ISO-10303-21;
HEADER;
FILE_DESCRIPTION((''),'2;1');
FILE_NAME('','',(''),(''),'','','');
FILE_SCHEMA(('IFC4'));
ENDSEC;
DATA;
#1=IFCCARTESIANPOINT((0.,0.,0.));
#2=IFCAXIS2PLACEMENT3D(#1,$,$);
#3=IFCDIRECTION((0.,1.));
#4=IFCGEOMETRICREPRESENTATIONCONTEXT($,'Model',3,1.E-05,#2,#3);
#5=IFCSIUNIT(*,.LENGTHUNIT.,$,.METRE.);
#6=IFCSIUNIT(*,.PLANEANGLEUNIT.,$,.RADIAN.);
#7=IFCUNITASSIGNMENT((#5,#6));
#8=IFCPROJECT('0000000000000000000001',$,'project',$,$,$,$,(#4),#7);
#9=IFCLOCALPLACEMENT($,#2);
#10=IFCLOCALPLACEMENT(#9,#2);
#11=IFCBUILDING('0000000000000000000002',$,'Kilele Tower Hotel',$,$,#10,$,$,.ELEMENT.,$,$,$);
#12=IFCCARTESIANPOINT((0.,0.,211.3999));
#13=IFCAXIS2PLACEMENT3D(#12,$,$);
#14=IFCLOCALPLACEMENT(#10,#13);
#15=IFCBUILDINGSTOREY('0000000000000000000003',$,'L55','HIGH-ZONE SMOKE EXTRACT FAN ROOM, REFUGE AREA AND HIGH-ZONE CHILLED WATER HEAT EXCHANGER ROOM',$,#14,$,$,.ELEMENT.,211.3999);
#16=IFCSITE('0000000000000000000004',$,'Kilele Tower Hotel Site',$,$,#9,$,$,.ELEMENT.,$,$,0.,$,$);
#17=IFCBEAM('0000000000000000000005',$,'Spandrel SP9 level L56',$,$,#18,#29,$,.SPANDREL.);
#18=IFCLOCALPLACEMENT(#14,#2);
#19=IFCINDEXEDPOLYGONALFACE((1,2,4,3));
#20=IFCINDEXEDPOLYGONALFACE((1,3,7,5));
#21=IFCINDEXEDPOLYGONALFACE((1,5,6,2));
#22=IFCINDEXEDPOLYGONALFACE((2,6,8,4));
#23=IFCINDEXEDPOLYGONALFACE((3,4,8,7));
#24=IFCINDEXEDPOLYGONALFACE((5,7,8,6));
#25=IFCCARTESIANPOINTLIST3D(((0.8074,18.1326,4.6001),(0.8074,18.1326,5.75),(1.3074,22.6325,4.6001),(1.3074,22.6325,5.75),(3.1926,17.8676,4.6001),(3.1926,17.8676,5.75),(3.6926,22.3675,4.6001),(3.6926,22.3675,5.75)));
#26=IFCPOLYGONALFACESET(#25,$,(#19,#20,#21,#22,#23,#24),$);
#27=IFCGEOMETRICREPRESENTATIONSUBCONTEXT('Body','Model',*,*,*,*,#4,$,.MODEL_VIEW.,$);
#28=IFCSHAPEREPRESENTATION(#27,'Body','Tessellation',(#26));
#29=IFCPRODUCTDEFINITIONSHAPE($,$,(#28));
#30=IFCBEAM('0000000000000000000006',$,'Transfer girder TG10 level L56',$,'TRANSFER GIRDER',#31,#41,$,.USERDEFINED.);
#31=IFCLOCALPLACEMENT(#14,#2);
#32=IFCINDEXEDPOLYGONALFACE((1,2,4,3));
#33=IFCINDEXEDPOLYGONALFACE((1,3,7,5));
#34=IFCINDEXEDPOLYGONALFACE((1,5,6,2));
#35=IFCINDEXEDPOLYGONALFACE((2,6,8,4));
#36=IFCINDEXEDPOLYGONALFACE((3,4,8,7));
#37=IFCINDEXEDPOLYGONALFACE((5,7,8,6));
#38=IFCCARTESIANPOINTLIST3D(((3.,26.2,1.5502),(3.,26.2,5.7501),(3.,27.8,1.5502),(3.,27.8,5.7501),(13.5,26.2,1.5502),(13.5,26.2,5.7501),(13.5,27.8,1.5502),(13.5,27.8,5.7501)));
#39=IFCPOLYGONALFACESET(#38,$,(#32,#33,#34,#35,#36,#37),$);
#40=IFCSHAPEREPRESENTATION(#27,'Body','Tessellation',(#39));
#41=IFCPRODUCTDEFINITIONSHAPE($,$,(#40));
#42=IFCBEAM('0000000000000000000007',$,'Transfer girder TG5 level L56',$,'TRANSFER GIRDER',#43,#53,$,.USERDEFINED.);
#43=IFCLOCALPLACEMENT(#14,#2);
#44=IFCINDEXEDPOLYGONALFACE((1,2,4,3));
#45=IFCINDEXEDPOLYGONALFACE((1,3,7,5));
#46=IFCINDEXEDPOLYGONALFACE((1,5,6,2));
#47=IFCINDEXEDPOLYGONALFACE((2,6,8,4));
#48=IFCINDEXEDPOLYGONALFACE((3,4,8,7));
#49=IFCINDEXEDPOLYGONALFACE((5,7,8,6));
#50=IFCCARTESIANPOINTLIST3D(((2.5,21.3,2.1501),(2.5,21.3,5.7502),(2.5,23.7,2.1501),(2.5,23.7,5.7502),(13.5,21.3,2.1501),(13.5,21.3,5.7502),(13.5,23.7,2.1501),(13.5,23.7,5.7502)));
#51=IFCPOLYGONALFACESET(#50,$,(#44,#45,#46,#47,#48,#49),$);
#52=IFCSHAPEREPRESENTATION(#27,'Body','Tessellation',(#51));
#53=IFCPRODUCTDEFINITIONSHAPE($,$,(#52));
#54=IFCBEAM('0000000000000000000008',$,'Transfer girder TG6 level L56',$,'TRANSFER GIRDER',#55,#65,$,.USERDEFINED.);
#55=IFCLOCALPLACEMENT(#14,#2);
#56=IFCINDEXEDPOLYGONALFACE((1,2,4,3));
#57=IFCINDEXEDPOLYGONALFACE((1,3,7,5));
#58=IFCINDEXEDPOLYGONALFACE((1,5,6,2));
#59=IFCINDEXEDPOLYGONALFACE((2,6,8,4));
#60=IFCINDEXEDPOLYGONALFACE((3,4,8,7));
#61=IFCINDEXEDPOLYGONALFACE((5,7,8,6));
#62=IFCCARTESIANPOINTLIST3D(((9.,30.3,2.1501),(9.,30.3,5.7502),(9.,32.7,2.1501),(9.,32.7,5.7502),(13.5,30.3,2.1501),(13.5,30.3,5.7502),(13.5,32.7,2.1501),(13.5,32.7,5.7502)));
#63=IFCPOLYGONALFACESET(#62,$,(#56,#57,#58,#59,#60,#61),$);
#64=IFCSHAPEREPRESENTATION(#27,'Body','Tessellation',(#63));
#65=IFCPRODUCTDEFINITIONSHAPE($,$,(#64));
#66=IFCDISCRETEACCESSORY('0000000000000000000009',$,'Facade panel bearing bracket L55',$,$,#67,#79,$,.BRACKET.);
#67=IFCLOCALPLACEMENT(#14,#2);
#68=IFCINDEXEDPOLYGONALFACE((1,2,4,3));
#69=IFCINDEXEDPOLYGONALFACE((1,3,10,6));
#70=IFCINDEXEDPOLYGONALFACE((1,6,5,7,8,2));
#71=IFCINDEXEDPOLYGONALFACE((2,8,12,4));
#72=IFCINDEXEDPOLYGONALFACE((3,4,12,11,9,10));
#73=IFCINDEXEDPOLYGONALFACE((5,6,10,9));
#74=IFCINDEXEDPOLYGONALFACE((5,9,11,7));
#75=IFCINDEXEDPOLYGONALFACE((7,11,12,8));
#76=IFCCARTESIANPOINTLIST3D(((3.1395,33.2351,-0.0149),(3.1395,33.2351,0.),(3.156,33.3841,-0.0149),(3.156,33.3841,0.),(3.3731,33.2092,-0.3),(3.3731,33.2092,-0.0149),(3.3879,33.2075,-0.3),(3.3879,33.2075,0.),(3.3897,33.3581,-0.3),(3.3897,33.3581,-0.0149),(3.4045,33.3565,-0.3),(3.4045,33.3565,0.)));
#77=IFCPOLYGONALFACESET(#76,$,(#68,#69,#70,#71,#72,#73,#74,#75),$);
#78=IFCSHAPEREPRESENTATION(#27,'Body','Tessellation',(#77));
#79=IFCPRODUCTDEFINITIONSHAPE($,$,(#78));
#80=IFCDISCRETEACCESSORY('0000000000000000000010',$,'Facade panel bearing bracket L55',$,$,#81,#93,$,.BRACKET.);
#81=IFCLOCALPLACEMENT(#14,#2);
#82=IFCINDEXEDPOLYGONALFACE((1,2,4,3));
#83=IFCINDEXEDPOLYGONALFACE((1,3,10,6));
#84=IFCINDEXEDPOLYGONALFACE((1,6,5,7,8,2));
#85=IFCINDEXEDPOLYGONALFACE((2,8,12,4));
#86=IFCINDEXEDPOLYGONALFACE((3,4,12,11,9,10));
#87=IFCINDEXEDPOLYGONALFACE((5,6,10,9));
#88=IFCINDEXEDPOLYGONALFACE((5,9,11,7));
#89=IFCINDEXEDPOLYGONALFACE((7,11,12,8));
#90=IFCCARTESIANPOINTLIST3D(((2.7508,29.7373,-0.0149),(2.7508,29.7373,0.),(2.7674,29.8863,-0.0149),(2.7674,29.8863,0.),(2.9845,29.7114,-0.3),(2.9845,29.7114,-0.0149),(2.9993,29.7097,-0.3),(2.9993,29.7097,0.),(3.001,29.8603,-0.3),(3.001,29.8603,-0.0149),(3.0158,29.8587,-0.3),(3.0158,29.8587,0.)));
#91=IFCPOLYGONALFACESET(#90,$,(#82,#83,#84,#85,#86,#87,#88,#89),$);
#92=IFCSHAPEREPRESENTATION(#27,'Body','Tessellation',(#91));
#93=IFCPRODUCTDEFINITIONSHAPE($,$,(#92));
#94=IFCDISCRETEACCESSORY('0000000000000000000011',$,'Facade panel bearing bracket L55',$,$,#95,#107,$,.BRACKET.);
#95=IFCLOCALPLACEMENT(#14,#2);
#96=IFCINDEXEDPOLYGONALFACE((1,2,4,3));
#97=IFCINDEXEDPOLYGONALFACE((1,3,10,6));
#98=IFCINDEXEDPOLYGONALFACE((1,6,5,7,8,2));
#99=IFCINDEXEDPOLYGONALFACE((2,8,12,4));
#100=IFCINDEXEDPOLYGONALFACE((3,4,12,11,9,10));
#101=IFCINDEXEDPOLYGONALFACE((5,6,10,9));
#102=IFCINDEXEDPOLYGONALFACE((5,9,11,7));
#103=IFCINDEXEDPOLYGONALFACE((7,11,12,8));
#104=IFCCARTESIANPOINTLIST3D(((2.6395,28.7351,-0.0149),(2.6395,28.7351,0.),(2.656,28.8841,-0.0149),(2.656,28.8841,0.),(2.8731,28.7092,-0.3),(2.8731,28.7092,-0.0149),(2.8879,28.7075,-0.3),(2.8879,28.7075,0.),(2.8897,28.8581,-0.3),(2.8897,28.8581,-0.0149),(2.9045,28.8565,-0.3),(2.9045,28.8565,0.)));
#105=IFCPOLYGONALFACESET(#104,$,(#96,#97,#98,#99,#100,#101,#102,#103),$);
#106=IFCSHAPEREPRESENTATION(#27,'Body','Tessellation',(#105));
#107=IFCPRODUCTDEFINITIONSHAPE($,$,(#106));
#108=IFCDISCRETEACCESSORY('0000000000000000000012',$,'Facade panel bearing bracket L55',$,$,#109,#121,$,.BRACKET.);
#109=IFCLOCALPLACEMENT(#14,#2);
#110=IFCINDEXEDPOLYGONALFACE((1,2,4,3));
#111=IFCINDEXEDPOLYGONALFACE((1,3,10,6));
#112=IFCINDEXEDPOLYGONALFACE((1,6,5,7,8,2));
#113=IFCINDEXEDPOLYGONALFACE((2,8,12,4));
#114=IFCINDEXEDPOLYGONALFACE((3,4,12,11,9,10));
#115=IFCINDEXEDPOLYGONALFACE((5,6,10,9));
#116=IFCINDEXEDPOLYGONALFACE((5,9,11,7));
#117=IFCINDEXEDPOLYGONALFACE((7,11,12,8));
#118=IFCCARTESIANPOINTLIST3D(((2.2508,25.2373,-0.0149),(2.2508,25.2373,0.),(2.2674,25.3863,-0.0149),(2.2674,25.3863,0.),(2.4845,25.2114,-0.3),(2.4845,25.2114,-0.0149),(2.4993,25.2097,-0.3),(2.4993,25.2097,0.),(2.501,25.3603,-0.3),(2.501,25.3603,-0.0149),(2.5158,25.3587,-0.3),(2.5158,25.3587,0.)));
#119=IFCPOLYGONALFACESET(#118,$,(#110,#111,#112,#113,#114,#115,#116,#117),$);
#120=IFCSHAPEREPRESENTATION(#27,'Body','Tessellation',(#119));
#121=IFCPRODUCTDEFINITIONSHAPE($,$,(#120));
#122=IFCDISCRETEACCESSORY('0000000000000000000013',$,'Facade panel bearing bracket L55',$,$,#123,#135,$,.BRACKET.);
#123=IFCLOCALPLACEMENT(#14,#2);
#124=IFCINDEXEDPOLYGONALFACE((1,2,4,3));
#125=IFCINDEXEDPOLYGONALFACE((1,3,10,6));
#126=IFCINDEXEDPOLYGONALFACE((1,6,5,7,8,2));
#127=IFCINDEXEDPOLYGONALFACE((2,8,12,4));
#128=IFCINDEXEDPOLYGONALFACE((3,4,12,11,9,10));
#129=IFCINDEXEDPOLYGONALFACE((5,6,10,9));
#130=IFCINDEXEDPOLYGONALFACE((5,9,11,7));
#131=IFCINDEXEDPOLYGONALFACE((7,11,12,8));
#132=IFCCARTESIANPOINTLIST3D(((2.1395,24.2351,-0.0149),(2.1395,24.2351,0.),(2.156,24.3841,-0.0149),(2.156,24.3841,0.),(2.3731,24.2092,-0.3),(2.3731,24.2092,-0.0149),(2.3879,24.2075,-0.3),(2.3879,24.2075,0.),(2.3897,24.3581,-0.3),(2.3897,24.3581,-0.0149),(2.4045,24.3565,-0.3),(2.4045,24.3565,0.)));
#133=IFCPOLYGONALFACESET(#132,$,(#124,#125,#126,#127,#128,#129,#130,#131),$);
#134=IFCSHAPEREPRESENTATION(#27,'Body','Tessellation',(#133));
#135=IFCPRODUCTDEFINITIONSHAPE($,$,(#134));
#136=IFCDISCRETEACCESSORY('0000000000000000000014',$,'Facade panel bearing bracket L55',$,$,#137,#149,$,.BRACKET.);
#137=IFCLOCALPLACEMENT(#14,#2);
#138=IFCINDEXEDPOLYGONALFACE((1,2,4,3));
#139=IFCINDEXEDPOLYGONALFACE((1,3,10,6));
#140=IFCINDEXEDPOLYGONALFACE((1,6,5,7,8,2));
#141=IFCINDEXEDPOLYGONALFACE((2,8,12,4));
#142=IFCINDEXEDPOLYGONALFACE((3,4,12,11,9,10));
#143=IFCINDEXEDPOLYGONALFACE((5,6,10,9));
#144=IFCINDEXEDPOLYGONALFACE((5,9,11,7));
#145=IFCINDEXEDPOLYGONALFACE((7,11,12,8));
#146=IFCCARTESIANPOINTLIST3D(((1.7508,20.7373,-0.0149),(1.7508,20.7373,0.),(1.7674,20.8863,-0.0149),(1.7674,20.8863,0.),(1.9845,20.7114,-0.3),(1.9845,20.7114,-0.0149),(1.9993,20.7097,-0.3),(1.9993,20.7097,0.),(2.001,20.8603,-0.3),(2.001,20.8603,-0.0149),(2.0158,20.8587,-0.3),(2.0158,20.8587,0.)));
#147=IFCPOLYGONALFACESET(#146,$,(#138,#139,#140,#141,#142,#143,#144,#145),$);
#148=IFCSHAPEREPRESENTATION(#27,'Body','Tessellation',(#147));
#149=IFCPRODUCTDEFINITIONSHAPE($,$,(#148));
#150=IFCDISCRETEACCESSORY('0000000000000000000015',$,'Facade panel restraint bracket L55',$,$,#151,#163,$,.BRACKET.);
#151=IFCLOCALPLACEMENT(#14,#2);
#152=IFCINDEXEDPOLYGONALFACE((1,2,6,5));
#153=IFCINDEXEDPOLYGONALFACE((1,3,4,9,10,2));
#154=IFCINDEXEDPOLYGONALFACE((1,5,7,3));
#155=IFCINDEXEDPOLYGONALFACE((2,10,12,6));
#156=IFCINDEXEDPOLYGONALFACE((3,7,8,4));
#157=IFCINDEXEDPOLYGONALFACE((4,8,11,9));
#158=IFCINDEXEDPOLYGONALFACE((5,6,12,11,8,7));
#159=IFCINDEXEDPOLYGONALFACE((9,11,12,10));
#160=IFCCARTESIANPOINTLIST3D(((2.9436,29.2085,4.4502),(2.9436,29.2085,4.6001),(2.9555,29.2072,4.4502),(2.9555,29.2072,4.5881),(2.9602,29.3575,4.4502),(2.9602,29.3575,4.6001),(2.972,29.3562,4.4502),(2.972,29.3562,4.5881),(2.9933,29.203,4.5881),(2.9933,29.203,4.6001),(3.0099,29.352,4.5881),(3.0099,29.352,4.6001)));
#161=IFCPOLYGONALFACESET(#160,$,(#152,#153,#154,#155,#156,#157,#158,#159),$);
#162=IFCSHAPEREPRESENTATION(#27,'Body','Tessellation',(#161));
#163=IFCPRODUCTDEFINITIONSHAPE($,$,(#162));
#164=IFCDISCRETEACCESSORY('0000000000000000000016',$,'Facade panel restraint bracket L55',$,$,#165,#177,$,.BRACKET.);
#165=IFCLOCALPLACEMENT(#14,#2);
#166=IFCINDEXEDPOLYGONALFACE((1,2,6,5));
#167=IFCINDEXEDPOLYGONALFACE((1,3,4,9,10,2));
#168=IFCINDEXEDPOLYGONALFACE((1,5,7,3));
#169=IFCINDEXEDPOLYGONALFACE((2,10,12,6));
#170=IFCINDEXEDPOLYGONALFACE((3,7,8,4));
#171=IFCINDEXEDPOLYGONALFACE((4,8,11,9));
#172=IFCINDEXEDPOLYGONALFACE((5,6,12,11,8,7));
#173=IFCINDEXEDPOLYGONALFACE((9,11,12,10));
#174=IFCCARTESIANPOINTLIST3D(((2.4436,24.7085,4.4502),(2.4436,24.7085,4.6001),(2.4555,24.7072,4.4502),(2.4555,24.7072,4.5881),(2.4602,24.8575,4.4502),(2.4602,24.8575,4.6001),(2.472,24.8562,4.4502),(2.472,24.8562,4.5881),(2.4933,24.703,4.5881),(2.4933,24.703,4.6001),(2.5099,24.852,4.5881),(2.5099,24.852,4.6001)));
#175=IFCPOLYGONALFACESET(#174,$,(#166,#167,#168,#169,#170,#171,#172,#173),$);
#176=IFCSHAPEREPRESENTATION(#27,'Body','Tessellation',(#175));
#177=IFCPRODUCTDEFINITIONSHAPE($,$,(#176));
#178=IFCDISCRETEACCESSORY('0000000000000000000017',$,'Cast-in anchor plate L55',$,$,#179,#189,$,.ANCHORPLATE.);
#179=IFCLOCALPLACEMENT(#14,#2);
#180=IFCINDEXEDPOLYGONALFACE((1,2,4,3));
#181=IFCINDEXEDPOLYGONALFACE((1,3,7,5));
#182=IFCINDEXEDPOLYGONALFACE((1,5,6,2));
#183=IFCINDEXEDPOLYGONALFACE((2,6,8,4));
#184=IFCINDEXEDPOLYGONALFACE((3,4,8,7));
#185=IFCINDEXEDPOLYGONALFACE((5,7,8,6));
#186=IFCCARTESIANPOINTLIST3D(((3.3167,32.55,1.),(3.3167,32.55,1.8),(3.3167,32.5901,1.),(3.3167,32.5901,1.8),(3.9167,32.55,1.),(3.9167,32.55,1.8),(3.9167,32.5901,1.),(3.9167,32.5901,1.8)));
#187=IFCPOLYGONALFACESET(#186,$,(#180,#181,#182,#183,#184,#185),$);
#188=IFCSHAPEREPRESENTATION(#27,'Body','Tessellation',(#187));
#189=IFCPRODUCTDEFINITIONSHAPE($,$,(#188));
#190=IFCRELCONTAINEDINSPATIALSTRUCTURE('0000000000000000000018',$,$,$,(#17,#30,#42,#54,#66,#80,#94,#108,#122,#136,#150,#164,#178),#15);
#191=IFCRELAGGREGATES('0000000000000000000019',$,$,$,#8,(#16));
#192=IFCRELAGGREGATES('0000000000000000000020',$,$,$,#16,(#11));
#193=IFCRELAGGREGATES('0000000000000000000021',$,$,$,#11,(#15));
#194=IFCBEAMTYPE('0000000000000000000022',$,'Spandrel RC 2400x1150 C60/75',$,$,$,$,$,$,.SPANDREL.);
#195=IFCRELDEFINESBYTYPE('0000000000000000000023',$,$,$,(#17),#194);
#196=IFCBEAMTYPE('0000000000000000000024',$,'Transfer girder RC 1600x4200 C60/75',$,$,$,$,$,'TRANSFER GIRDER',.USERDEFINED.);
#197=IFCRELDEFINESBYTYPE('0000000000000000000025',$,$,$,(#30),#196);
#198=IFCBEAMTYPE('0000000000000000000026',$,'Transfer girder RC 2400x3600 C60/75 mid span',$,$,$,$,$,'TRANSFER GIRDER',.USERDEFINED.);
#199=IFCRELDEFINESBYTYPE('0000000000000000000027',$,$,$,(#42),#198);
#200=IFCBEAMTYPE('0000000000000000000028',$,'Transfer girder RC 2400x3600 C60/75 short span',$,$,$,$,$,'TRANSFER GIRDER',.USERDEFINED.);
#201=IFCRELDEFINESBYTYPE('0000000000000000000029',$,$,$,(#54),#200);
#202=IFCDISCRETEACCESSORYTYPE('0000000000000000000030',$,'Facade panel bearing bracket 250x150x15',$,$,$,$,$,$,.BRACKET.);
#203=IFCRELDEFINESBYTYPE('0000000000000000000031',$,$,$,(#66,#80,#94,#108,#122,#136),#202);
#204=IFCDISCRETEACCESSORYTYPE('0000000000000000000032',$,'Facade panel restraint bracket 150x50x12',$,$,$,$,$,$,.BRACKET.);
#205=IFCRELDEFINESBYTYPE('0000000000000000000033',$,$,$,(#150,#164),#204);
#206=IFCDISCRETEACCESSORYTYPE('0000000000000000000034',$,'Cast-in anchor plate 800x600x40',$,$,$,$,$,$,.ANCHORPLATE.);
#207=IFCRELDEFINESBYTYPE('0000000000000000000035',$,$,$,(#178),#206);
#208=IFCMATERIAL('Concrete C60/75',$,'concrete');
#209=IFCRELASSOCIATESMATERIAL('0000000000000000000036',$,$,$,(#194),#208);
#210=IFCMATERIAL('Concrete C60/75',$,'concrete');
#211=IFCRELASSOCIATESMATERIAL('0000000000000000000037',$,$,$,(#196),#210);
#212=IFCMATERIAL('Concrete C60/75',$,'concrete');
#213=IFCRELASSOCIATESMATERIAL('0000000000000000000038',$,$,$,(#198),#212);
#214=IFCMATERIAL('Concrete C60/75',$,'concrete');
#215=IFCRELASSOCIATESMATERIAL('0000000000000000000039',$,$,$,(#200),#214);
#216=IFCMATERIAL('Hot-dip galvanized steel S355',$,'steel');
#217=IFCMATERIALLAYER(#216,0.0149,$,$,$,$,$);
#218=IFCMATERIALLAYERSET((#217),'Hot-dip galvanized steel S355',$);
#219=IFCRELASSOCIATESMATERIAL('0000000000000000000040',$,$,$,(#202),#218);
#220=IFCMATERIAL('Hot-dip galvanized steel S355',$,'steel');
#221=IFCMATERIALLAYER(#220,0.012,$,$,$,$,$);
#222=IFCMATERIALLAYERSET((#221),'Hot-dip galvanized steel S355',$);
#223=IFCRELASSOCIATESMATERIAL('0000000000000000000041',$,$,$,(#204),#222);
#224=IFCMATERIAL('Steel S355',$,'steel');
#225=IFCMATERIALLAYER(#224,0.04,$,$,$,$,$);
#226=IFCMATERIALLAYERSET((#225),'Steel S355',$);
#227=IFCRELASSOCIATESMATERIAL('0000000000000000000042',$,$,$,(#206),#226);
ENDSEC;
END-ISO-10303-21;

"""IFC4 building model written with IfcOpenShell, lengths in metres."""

from ifc_helpers import new_model, si_unit, direction, frame, origin, origin_2d, place, context, subcontext, project, spatial, polyline, rectangle, outline, extrude, source, transform, mapped, material, layer, layer_set, material_profile, profile_set, type_object, element, save


model = new_model("IFC4")

# Units and contexts
model_context = context("Model", 3, precision=1e-05, world=origin(), true_north=direction((0.0, 1.0)))
body_context = subcontext(model_context, "Body", "Model", "MODEL_VIEW")
ifc_project = project(units=[si_unit("LENGTHUNIT", "METRE"), si_unit("PLANEANGLEUNIT", "RADIAN")], contexts=[model_context])

# Site, building, storey
site_placement = place(None, origin())
site = spatial("IfcSite", under=ifc_project, at=site_placement, Name="Kilele Tower Hotel Site", CompositionType="ELEMENT", RefElevation=0.0)
building_placement = place(site_placement, origin())
building = spatial("IfcBuilding", under=site, at=building_placement, Name="Kilele Tower Hotel", CompositionType="ELEMENT")
storey_placement = place(building_placement, frame((0.0, 0.0, 211.3999)))
storey = spatial("IfcBuildingStorey", under=building, at=storey_placement, Name="L55", Description="HIGH-ZONE SMOKE EXTRACT FAN ROOM, REFUGE AREA AND HIGH-ZONE CHILLED WATER HEAT EXCHANGER ROOM", CompositionType="ELEMENT", Elevation=211.3999)

# Beams
ifc_material_1 = material(Name="Concrete C60/75", Category="concrete")
ifc_material_profile_1 = material_profile(ifc_material_1, rectangle(XDim=2.3999, YDim=1.1499, at=origin_2d()))
ifc_profile_set_1 = profile_set([ifc_material_profile_1], Name="Concrete C60/75")
beam_type_1 = type_object("IfcBeamType", Name="Spandrel RC 2400x1150 C60/75", PredefinedType="SPANDREL", material=ifc_profile_set_1)
for number, where, z_axis, x_axis, name in (
    (1, (2.5, 22.5, 5.175), (-0.110432, -0.993884, 0.0), (0.993884, -0.110432, 0.0), "Spandrel SP9 level L56"),
):
    element("IfcBeam", number, at=place(storey_placement, frame(where, z_axis=z_axis, x_axis=x_axis)), inside=storey, type_object=beam_type_1, Name=name, PredefinedType="SPANDREL", context=body_context, shape_type="SweptSolid", body=[
        extrude(rectangle(XDim=2.3999, YDim=1.1499, at=origin_2d()), origin(), (0.0, 0.0, 1.0), 4.5276),
    ])
ifc_material_2 = material(Name="Concrete C60/75", Category="concrete")
ifc_material_profile_2 = material_profile(ifc_material_2, rectangle(XDim=1.6001, YDim=4.2, at=origin_2d()))
ifc_profile_set_2 = profile_set([ifc_material_profile_2], Name="Concrete C60/75")
beam_type_2 = type_object("IfcBeamType", Name="Transfer girder RC 1600x4200 C60/75", ElementType="TRANSFER GIRDER", PredefinedType="USERDEFINED", material=ifc_profile_set_2)
beam_1_placement = place(storey_placement, frame((3.0, 27.0, 3.6501), z_axis=(1.0, 0.0, 0.0), x_axis=(0.0, 1.0, 0.0)))
element("IfcBeam", 2, at=beam_1_placement, inside=storey, type_object=beam_type_2, Name="Transfer girder TG10 level L56", ObjectType="TRANSFER GIRDER", PredefinedType="USERDEFINED", context=body_context, shape_type="SweptSolid", body=[
    extrude(rectangle(XDim=1.6001, YDim=4.2, at=origin_2d()), origin(), (0.0, 0.0, 1.0), 10.5),
])
ifc_material_3 = material(Name="Concrete C60/75", Category="concrete")
ifc_material_profile_3 = material_profile(ifc_material_3, rectangle(XDim=2.3999, YDim=3.6001, at=origin_2d()))
ifc_profile_set_3 = profile_set([ifc_material_profile_3], Name="Concrete C60/75")
beam_type_3 = type_object("IfcBeamType", Name="Transfer girder RC 2400x3600 C60/75 mid span", ElementType="TRANSFER GIRDER", PredefinedType="USERDEFINED", material=ifc_profile_set_3)
beam_2_placement = place(storey_placement, frame((2.5, 22.5, 3.9502), z_axis=(1.0, 0.0, 0.0), x_axis=(0.0, 1.0, 0.0)))
element("IfcBeam", 3, at=beam_2_placement, inside=storey, type_object=beam_type_3, Name="Transfer girder TG5 level L56", ObjectType="TRANSFER GIRDER", PredefinedType="USERDEFINED", context=body_context, shape_type="SweptSolid", body=[
    extrude(rectangle(XDim=2.3999, YDim=3.6001, at=origin_2d()), origin(), (0.0, 0.0, 1.0), 11.0),
])
ifc_material_4 = material(Name="Concrete C60/75", Category="concrete")
ifc_material_profile_4 = material_profile(ifc_material_4, rectangle(XDim=2.3999, YDim=3.6001, at=origin_2d()))
ifc_profile_set_4 = profile_set([ifc_material_profile_4], Name="Concrete C60/75")
beam_type_4 = type_object("IfcBeamType", Name="Transfer girder RC 2400x3600 C60/75 short span", ElementType="TRANSFER GIRDER", PredefinedType="USERDEFINED", material=ifc_profile_set_4)
beam_3_placement = place(storey_placement, frame((9.0, 31.5, 3.9502), z_axis=(1.0, 0.0, 0.0), x_axis=(0.0, 1.0, 0.0)))
element("IfcBeam", 4, at=beam_3_placement, inside=storey, type_object=beam_type_4, Name="Transfer girder TG6 level L56", ObjectType="TRANSFER GIRDER", PredefinedType="USERDEFINED", context=body_context, shape_type="SweptSolid", body=[
    extrude(rectangle(XDim=2.3999, YDim=3.6001, at=origin_2d()), origin(), (0.0, 0.0, 1.0), 4.5),
])

# Discrete accessories
ifc_material_5 = material(Name="Hot-dip galvanized steel S355", Category="steel")
ifc_layer_1 = layer(ifc_material_5, 0.0149)
ifc_layer_set_1 = layer_set([ifc_layer_1], Name="Hot-dip galvanized steel S355")
discrete_accessory_type_1 = type_object("IfcDiscreteAccessoryType", Name="Facade panel bearing bracket 250x150x15", PredefinedType="BRACKET", material=ifc_layer_set_1)
shared_shape_1 = source(origin(), body_context, "Body", "SweptSolid", [
    extrude(outline(polyline([(0.0, 0.0), (0.25, 0.0), (0.25, -0.0149), (0.0149, -0.0149), (0.0149, -0.3), (0.0, -0.3), (0.0, 0.0)])), origin(), (0.0, 0.0, 1.0), 0.1499),
])
for number, where, z_axis, x_axis, name in (
    (5, (3.3879, 33.2075, 0.0), (0.110432, 0.993884, 0.0), (-0.993884, 0.110432, 0.0), "Facade panel bearing bracket L55"),
    (6, (2.9993, 29.7097, 0.0), (0.110432, 0.993884, 0.0), (-0.993884, 0.110432, 0.0), "Facade panel bearing bracket L55"),
    (7, (2.8879, 28.7075, 0.0), (0.110432, 0.993884, 0.0), (-0.993884, 0.110432, 0.0), "Facade panel bearing bracket L55"),
    (8, (2.4993, 25.2097, 0.0), (0.110432, 0.993884, 0.0), (-0.993884, 0.110432, 0.0), "Facade panel bearing bracket L55"),
    (9, (2.3879, 24.2075, 0.0), (0.110432, 0.993884, 0.0), (-0.993884, 0.110432, 0.0), "Facade panel bearing bracket L55"),
    (10, (1.9993, 20.7097, 0.0), (0.110432, 0.993884, 0.0), (-0.993884, 0.110432, 0.0), "Facade panel bearing bracket L55"),
):
    element("IfcDiscreteAccessory", number, at=place(storey_placement, frame(where, z_axis=z_axis, x_axis=x_axis)), inside=storey, type_object=discrete_accessory_type_1, Name=name, PredefinedType="BRACKET", context=body_context, shape_type="MappedRepresentation", body=[
        mapped(shared_shape_1, transform((0.0, 0.0, 0.0))),
    ])
ifc_material_6 = material(Name="Hot-dip galvanized steel S355", Category="steel")
ifc_layer_2 = layer(ifc_material_6, 0.012)
ifc_layer_set_2 = layer_set([ifc_layer_2], Name="Hot-dip galvanized steel S355")
discrete_accessory_type_2 = type_object("IfcDiscreteAccessoryType", Name="Facade panel restraint bracket 150x50x12", PredefinedType="BRACKET", material=ifc_layer_set_2)
shared_shape_2 = source(origin(), body_context, "Body", "SweptSolid", [
    extrude(outline(polyline([(0.0, 0.0), (0.0, -0.1499), (-0.012, -0.1499), (-0.012, -0.012), (-0.05, -0.012), (-0.05, 0.0), (0.0, 0.0)])), origin(), (0.0, 0.0, 1.0), 0.1499),
])
for number, where, z_axis, x_axis, name in (
    (11, (2.9436, 29.2085, 4.6001), (0.110432, 0.993884, 0.0), (-0.993884, 0.110432, 0.0), "Facade panel restraint bracket L55"),
    (12, (2.4436, 24.7085, 4.6001), (0.110432, 0.993884, 0.0), (-0.993884, 0.110432, 0.0), "Facade panel restraint bracket L55"),
):
    element("IfcDiscreteAccessory", number, at=place(storey_placement, frame(where, z_axis=z_axis, x_axis=x_axis)), inside=storey, type_object=discrete_accessory_type_2, Name=name, PredefinedType="BRACKET", context=body_context, shape_type="MappedRepresentation", body=[
        mapped(shared_shape_2, transform((0.0, 0.0, 0.0))),
    ])
ifc_material_7 = material(Name="Steel S355", Category="steel")
ifc_layer_3 = layer(ifc_material_7, 0.04)
ifc_layer_set_3 = layer_set([ifc_layer_3], Name="Steel S355")
discrete_accessory_type_3 = type_object("IfcDiscreteAccessoryType", Name="Cast-in anchor plate 800x600x40", PredefinedType="ANCHORPLATE", material=ifc_layer_set_3)
shared_shape_3 = source(origin(), body_context, "Body", "SweptSolid", [
    extrude(outline(polyline([(0.0, 0.0), (0.04, 0.0), (0.04, 0.8), (0.0, 0.8), (0.0, 0.0)])), origin(), (0.0, 0.0, 1.0), 0.6001),
])
for number, where, z_axis, x_axis, name in (
    (13, (3.3167, 32.55, 1.0), (1.0, 0.0, 0.0), (0.0, 1.0, 0.0), "Cast-in anchor plate L55"),
):
    element("IfcDiscreteAccessory", number, at=place(storey_placement, frame(where, z_axis=z_axis, x_axis=x_axis)), inside=storey, type_object=discrete_accessory_type_3, Name=name, PredefinedType="ANCHORPLATE", context=body_context, shape_type="MappedRepresentation", body=[
        mapped(shared_shape_3, transform((0.0, 0.0, 0.0))),
    ])

save(model, "model.ifc")
